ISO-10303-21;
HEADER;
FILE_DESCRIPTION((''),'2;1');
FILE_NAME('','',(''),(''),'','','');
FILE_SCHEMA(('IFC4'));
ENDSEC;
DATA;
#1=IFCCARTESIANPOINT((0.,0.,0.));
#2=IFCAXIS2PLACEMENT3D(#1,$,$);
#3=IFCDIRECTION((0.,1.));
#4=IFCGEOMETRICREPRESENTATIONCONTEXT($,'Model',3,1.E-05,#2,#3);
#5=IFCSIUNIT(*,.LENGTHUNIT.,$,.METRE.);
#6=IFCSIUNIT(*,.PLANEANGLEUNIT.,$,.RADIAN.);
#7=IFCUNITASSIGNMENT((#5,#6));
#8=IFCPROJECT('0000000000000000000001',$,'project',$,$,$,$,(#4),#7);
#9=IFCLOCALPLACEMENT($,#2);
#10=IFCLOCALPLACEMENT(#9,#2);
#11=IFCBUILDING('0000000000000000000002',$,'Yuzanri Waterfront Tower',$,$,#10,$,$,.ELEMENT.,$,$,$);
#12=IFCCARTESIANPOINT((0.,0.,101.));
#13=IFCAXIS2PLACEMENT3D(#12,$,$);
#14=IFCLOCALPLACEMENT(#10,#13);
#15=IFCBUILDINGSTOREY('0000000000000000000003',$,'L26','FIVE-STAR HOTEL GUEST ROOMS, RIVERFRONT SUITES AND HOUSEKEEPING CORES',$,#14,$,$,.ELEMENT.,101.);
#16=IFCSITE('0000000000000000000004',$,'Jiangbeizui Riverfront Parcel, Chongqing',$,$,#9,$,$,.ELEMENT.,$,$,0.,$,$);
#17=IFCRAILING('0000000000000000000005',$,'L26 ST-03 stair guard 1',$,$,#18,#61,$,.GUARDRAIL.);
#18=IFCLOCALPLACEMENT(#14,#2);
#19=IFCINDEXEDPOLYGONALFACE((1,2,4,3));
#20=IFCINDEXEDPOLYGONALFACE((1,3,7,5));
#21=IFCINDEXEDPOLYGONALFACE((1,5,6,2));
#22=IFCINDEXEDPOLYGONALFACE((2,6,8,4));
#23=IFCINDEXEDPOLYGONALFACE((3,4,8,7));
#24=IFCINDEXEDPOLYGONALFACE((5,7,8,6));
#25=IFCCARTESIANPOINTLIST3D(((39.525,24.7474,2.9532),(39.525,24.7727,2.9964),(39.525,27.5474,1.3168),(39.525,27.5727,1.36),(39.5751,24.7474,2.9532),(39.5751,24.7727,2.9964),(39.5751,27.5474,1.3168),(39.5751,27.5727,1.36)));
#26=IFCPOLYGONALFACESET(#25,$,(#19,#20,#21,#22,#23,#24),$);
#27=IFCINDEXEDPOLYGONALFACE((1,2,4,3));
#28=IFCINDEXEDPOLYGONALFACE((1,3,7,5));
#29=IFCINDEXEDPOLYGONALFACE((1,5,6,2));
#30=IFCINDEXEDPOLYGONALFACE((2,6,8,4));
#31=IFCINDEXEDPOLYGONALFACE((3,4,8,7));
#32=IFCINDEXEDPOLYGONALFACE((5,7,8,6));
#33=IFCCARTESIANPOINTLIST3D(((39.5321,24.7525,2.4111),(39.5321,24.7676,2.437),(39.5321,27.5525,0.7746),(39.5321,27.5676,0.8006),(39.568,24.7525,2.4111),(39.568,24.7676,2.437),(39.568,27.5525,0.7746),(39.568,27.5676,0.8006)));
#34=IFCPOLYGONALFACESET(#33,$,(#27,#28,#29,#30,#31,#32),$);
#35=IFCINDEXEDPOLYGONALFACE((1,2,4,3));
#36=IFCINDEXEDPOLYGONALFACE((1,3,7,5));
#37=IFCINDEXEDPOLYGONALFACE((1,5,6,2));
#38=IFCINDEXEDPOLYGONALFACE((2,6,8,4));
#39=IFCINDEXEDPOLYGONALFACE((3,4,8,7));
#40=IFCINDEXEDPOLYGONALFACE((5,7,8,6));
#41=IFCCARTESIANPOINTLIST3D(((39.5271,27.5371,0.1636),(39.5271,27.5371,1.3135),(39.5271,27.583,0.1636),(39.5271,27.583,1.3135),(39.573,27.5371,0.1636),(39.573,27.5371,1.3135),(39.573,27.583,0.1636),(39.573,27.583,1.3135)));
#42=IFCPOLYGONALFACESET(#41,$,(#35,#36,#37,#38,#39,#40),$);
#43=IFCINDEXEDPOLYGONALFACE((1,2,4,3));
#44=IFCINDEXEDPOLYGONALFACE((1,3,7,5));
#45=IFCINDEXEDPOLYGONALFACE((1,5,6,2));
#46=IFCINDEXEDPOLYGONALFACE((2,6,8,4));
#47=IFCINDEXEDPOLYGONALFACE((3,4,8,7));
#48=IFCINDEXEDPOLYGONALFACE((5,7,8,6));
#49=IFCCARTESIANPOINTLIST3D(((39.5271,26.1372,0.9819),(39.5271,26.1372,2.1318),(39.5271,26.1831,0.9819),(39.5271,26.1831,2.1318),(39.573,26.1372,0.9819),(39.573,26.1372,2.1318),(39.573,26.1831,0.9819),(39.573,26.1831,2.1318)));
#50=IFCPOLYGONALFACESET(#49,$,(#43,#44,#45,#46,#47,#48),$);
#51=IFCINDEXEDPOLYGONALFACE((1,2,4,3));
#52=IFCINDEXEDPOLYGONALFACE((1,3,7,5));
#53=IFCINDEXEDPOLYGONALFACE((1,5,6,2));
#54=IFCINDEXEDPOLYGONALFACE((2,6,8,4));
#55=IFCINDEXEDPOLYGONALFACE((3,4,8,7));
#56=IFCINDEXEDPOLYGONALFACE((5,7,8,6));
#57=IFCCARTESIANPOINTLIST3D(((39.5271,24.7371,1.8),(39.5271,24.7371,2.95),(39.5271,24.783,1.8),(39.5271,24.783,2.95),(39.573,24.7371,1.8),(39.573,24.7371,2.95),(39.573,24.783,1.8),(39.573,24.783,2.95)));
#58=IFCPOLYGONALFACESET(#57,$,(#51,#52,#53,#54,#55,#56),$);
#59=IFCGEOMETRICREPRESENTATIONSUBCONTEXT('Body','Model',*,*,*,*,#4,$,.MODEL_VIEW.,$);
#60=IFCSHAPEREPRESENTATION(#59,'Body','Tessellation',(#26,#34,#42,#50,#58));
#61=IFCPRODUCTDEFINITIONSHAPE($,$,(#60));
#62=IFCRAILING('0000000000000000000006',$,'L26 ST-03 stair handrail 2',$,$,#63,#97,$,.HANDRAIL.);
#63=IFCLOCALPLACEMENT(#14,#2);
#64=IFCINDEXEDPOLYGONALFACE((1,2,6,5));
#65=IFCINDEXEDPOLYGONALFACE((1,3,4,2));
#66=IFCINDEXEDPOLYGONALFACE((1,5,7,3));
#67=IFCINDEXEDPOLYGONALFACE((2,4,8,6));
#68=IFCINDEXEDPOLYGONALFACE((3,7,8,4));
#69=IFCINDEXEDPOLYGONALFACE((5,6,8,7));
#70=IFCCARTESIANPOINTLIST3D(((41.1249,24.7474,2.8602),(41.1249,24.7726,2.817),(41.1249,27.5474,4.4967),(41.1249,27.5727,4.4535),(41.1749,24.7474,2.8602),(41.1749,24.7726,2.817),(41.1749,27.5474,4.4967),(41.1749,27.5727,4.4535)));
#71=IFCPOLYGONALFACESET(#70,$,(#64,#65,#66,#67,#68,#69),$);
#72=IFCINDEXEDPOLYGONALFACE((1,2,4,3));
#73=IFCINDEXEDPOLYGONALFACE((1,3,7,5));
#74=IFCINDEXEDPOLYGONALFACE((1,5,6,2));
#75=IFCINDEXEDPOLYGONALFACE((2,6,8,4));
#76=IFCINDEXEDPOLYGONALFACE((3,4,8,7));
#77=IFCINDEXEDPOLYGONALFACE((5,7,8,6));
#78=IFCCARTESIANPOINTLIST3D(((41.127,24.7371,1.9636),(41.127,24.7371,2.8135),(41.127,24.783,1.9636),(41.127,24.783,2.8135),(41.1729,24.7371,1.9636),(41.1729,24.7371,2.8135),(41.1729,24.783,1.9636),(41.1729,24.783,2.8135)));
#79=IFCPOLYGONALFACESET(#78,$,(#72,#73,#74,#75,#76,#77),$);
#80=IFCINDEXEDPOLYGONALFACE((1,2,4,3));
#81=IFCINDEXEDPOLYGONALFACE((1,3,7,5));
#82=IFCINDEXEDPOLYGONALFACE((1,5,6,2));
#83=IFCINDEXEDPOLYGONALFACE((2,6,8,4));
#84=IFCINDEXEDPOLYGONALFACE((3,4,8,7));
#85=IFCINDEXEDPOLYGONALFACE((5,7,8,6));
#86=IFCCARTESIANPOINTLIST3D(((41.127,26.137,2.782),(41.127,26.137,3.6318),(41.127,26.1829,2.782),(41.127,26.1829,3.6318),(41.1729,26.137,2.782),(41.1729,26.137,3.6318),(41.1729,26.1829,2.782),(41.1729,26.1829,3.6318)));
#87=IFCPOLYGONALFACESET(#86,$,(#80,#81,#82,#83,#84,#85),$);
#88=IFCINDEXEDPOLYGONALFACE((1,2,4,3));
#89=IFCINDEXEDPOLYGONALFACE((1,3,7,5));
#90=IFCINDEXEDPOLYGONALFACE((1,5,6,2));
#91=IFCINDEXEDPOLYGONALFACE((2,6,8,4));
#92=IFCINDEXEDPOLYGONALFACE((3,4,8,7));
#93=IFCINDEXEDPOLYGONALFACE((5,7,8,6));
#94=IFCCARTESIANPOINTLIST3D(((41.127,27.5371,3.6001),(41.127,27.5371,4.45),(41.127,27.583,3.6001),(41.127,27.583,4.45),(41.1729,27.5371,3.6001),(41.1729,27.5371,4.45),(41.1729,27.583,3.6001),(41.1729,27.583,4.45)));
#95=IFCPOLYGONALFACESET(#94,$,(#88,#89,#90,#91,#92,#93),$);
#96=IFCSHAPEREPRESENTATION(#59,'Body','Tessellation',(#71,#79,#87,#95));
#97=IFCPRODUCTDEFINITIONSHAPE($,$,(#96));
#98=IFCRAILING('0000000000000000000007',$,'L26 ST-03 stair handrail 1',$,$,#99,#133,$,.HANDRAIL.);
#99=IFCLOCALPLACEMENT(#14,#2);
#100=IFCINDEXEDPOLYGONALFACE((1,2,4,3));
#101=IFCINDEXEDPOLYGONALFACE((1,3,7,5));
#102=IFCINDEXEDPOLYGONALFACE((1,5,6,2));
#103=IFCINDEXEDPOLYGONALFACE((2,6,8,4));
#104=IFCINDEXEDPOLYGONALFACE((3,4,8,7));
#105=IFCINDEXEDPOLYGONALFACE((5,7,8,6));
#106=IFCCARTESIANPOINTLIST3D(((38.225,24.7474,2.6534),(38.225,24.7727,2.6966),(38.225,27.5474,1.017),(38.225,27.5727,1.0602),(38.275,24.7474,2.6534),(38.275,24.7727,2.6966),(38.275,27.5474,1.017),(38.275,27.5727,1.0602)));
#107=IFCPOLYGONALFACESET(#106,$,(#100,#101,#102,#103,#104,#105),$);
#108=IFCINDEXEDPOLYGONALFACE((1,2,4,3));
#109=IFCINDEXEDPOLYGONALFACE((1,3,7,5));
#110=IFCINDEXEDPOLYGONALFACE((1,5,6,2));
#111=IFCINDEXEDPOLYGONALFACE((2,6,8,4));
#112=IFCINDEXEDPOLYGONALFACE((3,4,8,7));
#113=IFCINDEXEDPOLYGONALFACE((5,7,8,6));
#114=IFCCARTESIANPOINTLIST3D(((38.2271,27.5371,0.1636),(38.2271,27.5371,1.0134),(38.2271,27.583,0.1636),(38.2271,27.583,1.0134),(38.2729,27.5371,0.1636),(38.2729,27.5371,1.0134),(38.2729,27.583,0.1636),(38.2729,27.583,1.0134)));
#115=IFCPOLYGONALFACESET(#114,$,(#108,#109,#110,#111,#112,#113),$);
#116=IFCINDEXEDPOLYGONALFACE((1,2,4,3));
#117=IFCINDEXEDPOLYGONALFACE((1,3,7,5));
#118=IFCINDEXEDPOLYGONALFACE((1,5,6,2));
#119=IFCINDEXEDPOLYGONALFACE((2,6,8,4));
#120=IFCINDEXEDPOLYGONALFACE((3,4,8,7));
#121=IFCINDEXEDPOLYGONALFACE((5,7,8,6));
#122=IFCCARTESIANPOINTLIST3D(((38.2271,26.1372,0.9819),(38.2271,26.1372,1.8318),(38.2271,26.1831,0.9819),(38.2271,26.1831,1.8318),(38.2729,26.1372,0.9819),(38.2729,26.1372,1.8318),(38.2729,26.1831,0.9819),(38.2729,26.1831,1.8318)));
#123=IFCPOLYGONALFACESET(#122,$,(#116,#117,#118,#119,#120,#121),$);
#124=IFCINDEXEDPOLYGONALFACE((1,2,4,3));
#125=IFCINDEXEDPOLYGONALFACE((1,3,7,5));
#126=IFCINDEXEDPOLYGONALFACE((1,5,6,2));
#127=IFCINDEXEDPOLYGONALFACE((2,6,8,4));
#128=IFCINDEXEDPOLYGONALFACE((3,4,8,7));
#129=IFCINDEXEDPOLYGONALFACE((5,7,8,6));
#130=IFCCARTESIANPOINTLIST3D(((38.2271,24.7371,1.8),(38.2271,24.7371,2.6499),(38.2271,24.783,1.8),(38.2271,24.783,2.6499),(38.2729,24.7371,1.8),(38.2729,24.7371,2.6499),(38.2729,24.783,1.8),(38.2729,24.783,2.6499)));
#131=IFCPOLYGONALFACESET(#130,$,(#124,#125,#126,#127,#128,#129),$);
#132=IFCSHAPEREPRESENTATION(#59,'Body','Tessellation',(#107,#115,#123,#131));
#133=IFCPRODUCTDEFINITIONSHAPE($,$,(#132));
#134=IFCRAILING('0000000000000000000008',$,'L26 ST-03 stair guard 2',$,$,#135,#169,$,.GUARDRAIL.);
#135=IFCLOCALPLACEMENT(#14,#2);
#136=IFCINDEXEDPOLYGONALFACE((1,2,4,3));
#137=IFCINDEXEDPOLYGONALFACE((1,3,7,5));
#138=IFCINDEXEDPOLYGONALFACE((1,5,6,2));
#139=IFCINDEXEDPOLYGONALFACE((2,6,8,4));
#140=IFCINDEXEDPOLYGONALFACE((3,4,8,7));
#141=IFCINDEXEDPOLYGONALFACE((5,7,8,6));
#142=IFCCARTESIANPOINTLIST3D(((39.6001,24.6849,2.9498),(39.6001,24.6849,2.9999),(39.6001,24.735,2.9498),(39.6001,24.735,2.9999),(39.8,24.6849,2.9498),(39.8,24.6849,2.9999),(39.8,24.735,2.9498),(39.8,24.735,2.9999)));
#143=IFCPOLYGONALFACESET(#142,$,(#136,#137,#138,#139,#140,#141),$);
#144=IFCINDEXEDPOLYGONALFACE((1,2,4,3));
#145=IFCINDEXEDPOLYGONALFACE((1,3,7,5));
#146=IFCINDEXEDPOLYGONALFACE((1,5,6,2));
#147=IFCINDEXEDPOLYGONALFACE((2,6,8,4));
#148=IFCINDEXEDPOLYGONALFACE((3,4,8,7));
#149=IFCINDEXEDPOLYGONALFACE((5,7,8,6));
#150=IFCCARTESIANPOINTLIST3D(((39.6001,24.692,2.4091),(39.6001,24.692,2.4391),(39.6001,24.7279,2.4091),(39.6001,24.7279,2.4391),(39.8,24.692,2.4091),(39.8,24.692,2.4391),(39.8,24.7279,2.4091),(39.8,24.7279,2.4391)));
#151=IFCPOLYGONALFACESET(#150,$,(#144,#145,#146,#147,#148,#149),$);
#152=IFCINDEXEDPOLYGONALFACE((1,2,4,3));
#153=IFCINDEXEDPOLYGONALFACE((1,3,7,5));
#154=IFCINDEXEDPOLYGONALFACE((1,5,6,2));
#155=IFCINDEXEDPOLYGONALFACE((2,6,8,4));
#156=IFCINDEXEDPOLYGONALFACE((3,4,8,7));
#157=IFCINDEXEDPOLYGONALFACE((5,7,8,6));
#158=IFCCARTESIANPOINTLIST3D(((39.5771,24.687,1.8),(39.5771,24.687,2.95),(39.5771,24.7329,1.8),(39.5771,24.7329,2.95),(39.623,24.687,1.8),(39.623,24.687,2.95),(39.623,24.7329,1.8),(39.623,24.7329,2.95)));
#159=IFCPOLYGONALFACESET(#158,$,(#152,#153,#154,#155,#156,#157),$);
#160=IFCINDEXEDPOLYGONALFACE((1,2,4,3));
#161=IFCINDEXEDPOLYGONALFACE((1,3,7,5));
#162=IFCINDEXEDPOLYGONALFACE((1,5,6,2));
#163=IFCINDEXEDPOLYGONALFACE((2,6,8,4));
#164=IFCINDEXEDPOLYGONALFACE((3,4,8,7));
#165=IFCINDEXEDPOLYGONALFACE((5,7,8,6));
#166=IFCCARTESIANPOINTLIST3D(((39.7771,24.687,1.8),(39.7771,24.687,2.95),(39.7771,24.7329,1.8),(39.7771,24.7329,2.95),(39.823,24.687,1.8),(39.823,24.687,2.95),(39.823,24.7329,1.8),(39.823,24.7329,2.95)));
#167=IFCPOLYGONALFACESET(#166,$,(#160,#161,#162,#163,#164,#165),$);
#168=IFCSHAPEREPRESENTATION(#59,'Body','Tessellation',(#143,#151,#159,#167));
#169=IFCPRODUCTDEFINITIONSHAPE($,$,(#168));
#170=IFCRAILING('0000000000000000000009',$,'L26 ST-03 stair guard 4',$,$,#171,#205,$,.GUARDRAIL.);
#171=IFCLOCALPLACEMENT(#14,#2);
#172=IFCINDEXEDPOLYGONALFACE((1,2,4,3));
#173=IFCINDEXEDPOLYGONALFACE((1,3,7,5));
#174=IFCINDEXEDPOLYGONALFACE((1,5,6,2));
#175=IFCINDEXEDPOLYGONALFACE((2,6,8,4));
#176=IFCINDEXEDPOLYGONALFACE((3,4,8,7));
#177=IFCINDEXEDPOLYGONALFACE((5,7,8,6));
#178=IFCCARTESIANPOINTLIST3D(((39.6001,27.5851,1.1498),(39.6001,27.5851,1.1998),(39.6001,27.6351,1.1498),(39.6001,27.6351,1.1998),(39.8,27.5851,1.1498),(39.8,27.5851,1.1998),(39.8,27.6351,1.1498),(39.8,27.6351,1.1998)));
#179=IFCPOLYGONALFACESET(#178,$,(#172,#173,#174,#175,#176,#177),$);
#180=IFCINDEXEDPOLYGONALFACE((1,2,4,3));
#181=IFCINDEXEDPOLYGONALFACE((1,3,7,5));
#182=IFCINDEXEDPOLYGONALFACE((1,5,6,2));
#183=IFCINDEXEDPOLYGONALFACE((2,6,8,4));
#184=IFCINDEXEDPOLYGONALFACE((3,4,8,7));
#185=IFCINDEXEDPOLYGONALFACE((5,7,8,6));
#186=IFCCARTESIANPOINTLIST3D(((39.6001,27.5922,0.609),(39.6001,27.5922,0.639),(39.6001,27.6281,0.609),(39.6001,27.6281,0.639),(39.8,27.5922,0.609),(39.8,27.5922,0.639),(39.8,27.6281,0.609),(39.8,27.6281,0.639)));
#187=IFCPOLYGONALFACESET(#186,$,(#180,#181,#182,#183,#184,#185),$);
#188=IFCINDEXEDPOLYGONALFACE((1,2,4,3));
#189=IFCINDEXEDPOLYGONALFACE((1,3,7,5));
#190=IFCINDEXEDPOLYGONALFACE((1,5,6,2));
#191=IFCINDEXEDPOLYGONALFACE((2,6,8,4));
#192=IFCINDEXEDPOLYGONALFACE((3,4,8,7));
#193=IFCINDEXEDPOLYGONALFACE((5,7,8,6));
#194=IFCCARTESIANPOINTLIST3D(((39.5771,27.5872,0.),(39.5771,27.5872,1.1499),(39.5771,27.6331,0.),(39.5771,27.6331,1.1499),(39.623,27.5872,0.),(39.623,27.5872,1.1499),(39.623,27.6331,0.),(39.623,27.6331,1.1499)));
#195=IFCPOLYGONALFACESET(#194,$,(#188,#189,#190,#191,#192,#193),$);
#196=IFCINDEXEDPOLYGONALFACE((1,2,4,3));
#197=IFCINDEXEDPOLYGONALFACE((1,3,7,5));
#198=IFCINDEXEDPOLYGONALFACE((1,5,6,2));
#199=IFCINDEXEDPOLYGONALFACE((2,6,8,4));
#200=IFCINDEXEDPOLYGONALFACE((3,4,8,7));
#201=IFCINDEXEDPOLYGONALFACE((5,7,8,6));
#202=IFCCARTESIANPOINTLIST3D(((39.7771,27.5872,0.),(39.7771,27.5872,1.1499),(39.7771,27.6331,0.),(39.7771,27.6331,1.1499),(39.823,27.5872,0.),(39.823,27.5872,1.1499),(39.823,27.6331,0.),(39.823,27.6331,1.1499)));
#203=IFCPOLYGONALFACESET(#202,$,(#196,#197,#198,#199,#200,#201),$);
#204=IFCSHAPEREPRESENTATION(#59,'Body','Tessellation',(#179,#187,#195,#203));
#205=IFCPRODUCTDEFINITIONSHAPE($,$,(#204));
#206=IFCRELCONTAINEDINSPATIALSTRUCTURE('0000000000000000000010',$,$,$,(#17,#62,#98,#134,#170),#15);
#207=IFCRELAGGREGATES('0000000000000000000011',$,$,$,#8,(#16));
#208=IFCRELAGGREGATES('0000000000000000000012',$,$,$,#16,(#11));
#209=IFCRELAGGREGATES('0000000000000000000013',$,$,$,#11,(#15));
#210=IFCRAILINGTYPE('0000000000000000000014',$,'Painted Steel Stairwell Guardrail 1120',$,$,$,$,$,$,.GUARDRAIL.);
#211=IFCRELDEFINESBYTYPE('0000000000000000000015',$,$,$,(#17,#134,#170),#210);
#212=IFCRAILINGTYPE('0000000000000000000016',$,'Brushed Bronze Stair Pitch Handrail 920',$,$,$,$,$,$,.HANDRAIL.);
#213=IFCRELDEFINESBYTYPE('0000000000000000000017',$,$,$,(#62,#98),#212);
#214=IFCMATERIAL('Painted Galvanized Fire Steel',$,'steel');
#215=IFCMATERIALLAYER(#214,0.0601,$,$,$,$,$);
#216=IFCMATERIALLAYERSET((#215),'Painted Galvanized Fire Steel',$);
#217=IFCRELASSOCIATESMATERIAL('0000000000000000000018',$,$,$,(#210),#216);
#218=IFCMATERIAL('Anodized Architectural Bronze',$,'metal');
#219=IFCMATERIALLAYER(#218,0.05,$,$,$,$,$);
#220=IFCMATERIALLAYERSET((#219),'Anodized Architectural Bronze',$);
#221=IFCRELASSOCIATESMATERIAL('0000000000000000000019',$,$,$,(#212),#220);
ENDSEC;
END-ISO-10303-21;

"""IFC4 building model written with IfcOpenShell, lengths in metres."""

from ifc_helpers import new_model, si_unit, direction, frame, origin, origin_2d, place, context, subcontext, project, spatial, rectangle, extrude, source, transform, mapped, material, layer, layer_set, type_object, element, save


model = new_model("IFC4")

# Units and contexts
model_context = context("Model", 3, precision=1e-05, world=origin(), true_north=direction((0.0, 1.0)))
body_context = subcontext(model_context, "Body", "Model", "MODEL_VIEW")
ifc_project = project(units=[si_unit("LENGTHUNIT", "METRE"), si_unit("PLANEANGLEUNIT", "RADIAN")], contexts=[model_context])

# Site, building, storey
site_placement = place(None, origin())
site = spatial("IfcSite", under=ifc_project, at=site_placement, Name="Jiangbeizui Riverfront Parcel, Chongqing", CompositionType="ELEMENT", RefElevation=0.0)
building_placement = place(site_placement, origin())
building = spatial("IfcBuilding", under=site, at=building_placement, Name="Yuzanri Waterfront Tower", CompositionType="ELEMENT")
storey_placement = place(building_placement, frame((0.0, 0.0, 101.0)))
storey = spatial("IfcBuildingStorey", under=building, at=storey_placement, Name="L26", Description="FIVE-STAR HOTEL GUEST ROOMS, RIVERFRONT SUITES AND HOUSEKEEPING CORES", CompositionType="ELEMENT", Elevation=101.0)

# Railings
ifc_material_1 = material(Name="Painted Galvanized Fire Steel", Category="steel")
ifc_layer_1 = layer(ifc_material_1, 0.0601)
ifc_layer_set_1 = layer_set([ifc_layer_1], Name="Painted Galvanized Fire Steel")
railing_type_1 = type_object("IfcRailingType", Name="Painted Steel Stairwell Guardrail 1120", PredefinedType="GUARDRAIL", material=ifc_layer_set_1)
shared_shape_1 = source(origin(), body_context, "Body", "SweptSolid", [
    extrude(rectangle(XDim=0.05, YDim=0.05, at=origin_2d()), frame((0.0, 0.0, 1.1748), z_axis=(0.0, -0.863361, 0.504587), x_axis=(1.0, 0.0, 0.0)), (0.0, 0.0, 1.0), 3.2432),
    extrude(rectangle(XDim=0.0359, YDim=0.03, at=origin_2d()), frame((0.0, 0.0, 0.624), z_axis=(0.0, -0.863361, 0.504587), x_axis=(1.0, 0.0, 0.0)), (0.0, 0.0, 1.0), 3.2432),
    extrude(rectangle(XDim=0.0459, YDim=0.0459, at=origin_2d()), origin(), (0.0, 0.0, 1.0), 1.1499),
    extrude(rectangle(XDim=0.0459, YDim=0.0459, at=origin_2d()), frame((0.0, -1.3999, 0.8184)), (0.0, 0.0, 1.0), 1.1499),
    extrude(rectangle(XDim=0.0459, YDim=0.0459, at=origin_2d()), frame((0.0, -2.8, 1.6365)), (0.0, 0.0, 1.0), 1.1499),
])
railing_1_placement = place(storey_placement, frame((39.55, 27.5601, 0.1636)))
element("IfcRailing", 1, at=railing_1_placement, inside=storey, type_object=railing_type_1, Name="L26 ST-03 stair guard 1", PredefinedType="GUARDRAIL", context=body_context, shape_type="MappedRepresentation", body=[
    mapped(shared_shape_1, transform((0.0, 0.0, 0.0), scale=1.0)),
])
ifc_material_2 = material(Name="Anodized Architectural Bronze", Category="metal")
ifc_layer_2 = layer(ifc_material_2, 0.05)
ifc_layer_set_2 = layer_set([ifc_layer_2], Name="Anodized Architectural Bronze")
railing_type_2 = type_object("IfcRailingType", Name="Brushed Bronze Stair Pitch Handrail 920", PredefinedType="HANDRAIL", material=ifc_layer_set_2)
shared_shape_2 = source(origin(), body_context, "Body", "SweptSolid", [
    extrude(rectangle(XDim=0.05, YDim=0.05, at=origin_2d()), frame((0.0, 0.0, 0.875), z_axis=(0.0, 0.863361, 0.504587), x_axis=(-1.0, 0.0, 0.0)), (0.0, 0.0, 1.0), 3.2432),
    extrude(rectangle(XDim=0.0459, YDim=0.0459, at=origin_2d()), origin(), (0.0, 0.0, 1.0), 0.8499),
    extrude(rectangle(XDim=0.0459, YDim=0.0459, at=origin_2d()), frame((0.0, 1.3999, 0.8184)), (0.0, 0.0, 1.0), 0.8499),
    extrude(rectangle(XDim=0.0459, YDim=0.0459, at=origin_2d()), frame((0.0, 2.8, 1.6365)), (0.0, 0.0, 1.0), 0.8499),
])
railing_2_placement = place(storey_placement, frame((41.1499, 24.76, 1.9636)))
element("IfcRailing", 2, at=railing_2_placement, inside=storey, type_object=railing_type_2, Name="L26 ST-03 stair handrail 2", PredefinedType="HANDRAIL", context=body_context, shape_type="MappedRepresentation", body=[
    mapped(shared_shape_2, transform((0.0, 0.0, 0.0), scale=1.0)),
])
shared_shape_3 = source(origin(), body_context, "Body", "SweptSolid", [
    extrude(rectangle(XDim=0.05, YDim=0.05, at=origin_2d()), frame((0.0, 0.0, 0.875), z_axis=(0.0, -0.863361, 0.504587), x_axis=(1.0, 0.0, 0.0)), (0.0, 0.0, 1.0), 3.2432),
    extrude(rectangle(XDim=0.0459, YDim=0.0459, at=origin_2d()), origin(), (0.0, 0.0, 1.0), 0.8499),
    extrude(rectangle(XDim=0.0459, YDim=0.0459, at=origin_2d()), frame((0.0, -1.3999, 0.8184)), (0.0, 0.0, 1.0), 0.8499),
    extrude(rectangle(XDim=0.0459, YDim=0.0459, at=origin_2d()), frame((0.0, -2.8, 1.6365)), (0.0, 0.0, 1.0), 0.8499),
])
railing_3_placement = place(storey_placement, frame((38.25, 27.5601, 0.1636)))
element("IfcRailing", 3, at=railing_3_placement, inside=storey, type_object=railing_type_2, Name="L26 ST-03 stair handrail 1", PredefinedType="HANDRAIL", context=body_context, shape_type="MappedRepresentation", body=[
    mapped(shared_shape_3, transform((0.0, 0.0, 0.0), scale=1.0)),
])
shared_shape_4 = source(origin(), body_context, "Body", "SweptSolid", [
    extrude(rectangle(XDim=0.05, YDim=0.05, at=origin_2d()), frame((0.0, 0.0, 1.1748), z_axis=(1.0, 0.0, 0.0), x_axis=(0.0, 1.0, 0.0)), (0.0, 0.0, 1.0), 0.2),
    extrude(rectangle(XDim=0.0359, YDim=0.03, at=origin_2d()), frame((0.0, 0.0, 0.624), z_axis=(1.0, 0.0, 0.0), x_axis=(0.0, 1.0, 0.0)), (0.0, 0.0, 1.0), 0.2),
    extrude(rectangle(XDim=0.0459, YDim=0.0459, at=origin_2d()), origin(), (0.0, 0.0, 1.0), 1.1499),
    extrude(rectangle(XDim=0.0459, YDim=0.0459, at=origin_2d()), frame((0.2, 0.0, 0.0)), (0.0, 0.0, 1.0), 1.1499),
])
for number, where, name in (
    (4, (39.6001, 24.71, 1.8), "L26 ST-03 stair guard 2"),
    (5, (39.6001, 27.6101, 0.0), "L26 ST-03 stair guard 4"),
):
    element("IfcRailing", number, at=place(storey_placement, frame(where)), inside=storey, type_object=railing_type_1, Name=name, PredefinedType="GUARDRAIL", context=body_context, shape_type="MappedRepresentation", body=[
        mapped(shared_shape_4, transform((0.0, 0.0, 0.0), scale=1.0)),
    ])

save(model, "model.ifc")
